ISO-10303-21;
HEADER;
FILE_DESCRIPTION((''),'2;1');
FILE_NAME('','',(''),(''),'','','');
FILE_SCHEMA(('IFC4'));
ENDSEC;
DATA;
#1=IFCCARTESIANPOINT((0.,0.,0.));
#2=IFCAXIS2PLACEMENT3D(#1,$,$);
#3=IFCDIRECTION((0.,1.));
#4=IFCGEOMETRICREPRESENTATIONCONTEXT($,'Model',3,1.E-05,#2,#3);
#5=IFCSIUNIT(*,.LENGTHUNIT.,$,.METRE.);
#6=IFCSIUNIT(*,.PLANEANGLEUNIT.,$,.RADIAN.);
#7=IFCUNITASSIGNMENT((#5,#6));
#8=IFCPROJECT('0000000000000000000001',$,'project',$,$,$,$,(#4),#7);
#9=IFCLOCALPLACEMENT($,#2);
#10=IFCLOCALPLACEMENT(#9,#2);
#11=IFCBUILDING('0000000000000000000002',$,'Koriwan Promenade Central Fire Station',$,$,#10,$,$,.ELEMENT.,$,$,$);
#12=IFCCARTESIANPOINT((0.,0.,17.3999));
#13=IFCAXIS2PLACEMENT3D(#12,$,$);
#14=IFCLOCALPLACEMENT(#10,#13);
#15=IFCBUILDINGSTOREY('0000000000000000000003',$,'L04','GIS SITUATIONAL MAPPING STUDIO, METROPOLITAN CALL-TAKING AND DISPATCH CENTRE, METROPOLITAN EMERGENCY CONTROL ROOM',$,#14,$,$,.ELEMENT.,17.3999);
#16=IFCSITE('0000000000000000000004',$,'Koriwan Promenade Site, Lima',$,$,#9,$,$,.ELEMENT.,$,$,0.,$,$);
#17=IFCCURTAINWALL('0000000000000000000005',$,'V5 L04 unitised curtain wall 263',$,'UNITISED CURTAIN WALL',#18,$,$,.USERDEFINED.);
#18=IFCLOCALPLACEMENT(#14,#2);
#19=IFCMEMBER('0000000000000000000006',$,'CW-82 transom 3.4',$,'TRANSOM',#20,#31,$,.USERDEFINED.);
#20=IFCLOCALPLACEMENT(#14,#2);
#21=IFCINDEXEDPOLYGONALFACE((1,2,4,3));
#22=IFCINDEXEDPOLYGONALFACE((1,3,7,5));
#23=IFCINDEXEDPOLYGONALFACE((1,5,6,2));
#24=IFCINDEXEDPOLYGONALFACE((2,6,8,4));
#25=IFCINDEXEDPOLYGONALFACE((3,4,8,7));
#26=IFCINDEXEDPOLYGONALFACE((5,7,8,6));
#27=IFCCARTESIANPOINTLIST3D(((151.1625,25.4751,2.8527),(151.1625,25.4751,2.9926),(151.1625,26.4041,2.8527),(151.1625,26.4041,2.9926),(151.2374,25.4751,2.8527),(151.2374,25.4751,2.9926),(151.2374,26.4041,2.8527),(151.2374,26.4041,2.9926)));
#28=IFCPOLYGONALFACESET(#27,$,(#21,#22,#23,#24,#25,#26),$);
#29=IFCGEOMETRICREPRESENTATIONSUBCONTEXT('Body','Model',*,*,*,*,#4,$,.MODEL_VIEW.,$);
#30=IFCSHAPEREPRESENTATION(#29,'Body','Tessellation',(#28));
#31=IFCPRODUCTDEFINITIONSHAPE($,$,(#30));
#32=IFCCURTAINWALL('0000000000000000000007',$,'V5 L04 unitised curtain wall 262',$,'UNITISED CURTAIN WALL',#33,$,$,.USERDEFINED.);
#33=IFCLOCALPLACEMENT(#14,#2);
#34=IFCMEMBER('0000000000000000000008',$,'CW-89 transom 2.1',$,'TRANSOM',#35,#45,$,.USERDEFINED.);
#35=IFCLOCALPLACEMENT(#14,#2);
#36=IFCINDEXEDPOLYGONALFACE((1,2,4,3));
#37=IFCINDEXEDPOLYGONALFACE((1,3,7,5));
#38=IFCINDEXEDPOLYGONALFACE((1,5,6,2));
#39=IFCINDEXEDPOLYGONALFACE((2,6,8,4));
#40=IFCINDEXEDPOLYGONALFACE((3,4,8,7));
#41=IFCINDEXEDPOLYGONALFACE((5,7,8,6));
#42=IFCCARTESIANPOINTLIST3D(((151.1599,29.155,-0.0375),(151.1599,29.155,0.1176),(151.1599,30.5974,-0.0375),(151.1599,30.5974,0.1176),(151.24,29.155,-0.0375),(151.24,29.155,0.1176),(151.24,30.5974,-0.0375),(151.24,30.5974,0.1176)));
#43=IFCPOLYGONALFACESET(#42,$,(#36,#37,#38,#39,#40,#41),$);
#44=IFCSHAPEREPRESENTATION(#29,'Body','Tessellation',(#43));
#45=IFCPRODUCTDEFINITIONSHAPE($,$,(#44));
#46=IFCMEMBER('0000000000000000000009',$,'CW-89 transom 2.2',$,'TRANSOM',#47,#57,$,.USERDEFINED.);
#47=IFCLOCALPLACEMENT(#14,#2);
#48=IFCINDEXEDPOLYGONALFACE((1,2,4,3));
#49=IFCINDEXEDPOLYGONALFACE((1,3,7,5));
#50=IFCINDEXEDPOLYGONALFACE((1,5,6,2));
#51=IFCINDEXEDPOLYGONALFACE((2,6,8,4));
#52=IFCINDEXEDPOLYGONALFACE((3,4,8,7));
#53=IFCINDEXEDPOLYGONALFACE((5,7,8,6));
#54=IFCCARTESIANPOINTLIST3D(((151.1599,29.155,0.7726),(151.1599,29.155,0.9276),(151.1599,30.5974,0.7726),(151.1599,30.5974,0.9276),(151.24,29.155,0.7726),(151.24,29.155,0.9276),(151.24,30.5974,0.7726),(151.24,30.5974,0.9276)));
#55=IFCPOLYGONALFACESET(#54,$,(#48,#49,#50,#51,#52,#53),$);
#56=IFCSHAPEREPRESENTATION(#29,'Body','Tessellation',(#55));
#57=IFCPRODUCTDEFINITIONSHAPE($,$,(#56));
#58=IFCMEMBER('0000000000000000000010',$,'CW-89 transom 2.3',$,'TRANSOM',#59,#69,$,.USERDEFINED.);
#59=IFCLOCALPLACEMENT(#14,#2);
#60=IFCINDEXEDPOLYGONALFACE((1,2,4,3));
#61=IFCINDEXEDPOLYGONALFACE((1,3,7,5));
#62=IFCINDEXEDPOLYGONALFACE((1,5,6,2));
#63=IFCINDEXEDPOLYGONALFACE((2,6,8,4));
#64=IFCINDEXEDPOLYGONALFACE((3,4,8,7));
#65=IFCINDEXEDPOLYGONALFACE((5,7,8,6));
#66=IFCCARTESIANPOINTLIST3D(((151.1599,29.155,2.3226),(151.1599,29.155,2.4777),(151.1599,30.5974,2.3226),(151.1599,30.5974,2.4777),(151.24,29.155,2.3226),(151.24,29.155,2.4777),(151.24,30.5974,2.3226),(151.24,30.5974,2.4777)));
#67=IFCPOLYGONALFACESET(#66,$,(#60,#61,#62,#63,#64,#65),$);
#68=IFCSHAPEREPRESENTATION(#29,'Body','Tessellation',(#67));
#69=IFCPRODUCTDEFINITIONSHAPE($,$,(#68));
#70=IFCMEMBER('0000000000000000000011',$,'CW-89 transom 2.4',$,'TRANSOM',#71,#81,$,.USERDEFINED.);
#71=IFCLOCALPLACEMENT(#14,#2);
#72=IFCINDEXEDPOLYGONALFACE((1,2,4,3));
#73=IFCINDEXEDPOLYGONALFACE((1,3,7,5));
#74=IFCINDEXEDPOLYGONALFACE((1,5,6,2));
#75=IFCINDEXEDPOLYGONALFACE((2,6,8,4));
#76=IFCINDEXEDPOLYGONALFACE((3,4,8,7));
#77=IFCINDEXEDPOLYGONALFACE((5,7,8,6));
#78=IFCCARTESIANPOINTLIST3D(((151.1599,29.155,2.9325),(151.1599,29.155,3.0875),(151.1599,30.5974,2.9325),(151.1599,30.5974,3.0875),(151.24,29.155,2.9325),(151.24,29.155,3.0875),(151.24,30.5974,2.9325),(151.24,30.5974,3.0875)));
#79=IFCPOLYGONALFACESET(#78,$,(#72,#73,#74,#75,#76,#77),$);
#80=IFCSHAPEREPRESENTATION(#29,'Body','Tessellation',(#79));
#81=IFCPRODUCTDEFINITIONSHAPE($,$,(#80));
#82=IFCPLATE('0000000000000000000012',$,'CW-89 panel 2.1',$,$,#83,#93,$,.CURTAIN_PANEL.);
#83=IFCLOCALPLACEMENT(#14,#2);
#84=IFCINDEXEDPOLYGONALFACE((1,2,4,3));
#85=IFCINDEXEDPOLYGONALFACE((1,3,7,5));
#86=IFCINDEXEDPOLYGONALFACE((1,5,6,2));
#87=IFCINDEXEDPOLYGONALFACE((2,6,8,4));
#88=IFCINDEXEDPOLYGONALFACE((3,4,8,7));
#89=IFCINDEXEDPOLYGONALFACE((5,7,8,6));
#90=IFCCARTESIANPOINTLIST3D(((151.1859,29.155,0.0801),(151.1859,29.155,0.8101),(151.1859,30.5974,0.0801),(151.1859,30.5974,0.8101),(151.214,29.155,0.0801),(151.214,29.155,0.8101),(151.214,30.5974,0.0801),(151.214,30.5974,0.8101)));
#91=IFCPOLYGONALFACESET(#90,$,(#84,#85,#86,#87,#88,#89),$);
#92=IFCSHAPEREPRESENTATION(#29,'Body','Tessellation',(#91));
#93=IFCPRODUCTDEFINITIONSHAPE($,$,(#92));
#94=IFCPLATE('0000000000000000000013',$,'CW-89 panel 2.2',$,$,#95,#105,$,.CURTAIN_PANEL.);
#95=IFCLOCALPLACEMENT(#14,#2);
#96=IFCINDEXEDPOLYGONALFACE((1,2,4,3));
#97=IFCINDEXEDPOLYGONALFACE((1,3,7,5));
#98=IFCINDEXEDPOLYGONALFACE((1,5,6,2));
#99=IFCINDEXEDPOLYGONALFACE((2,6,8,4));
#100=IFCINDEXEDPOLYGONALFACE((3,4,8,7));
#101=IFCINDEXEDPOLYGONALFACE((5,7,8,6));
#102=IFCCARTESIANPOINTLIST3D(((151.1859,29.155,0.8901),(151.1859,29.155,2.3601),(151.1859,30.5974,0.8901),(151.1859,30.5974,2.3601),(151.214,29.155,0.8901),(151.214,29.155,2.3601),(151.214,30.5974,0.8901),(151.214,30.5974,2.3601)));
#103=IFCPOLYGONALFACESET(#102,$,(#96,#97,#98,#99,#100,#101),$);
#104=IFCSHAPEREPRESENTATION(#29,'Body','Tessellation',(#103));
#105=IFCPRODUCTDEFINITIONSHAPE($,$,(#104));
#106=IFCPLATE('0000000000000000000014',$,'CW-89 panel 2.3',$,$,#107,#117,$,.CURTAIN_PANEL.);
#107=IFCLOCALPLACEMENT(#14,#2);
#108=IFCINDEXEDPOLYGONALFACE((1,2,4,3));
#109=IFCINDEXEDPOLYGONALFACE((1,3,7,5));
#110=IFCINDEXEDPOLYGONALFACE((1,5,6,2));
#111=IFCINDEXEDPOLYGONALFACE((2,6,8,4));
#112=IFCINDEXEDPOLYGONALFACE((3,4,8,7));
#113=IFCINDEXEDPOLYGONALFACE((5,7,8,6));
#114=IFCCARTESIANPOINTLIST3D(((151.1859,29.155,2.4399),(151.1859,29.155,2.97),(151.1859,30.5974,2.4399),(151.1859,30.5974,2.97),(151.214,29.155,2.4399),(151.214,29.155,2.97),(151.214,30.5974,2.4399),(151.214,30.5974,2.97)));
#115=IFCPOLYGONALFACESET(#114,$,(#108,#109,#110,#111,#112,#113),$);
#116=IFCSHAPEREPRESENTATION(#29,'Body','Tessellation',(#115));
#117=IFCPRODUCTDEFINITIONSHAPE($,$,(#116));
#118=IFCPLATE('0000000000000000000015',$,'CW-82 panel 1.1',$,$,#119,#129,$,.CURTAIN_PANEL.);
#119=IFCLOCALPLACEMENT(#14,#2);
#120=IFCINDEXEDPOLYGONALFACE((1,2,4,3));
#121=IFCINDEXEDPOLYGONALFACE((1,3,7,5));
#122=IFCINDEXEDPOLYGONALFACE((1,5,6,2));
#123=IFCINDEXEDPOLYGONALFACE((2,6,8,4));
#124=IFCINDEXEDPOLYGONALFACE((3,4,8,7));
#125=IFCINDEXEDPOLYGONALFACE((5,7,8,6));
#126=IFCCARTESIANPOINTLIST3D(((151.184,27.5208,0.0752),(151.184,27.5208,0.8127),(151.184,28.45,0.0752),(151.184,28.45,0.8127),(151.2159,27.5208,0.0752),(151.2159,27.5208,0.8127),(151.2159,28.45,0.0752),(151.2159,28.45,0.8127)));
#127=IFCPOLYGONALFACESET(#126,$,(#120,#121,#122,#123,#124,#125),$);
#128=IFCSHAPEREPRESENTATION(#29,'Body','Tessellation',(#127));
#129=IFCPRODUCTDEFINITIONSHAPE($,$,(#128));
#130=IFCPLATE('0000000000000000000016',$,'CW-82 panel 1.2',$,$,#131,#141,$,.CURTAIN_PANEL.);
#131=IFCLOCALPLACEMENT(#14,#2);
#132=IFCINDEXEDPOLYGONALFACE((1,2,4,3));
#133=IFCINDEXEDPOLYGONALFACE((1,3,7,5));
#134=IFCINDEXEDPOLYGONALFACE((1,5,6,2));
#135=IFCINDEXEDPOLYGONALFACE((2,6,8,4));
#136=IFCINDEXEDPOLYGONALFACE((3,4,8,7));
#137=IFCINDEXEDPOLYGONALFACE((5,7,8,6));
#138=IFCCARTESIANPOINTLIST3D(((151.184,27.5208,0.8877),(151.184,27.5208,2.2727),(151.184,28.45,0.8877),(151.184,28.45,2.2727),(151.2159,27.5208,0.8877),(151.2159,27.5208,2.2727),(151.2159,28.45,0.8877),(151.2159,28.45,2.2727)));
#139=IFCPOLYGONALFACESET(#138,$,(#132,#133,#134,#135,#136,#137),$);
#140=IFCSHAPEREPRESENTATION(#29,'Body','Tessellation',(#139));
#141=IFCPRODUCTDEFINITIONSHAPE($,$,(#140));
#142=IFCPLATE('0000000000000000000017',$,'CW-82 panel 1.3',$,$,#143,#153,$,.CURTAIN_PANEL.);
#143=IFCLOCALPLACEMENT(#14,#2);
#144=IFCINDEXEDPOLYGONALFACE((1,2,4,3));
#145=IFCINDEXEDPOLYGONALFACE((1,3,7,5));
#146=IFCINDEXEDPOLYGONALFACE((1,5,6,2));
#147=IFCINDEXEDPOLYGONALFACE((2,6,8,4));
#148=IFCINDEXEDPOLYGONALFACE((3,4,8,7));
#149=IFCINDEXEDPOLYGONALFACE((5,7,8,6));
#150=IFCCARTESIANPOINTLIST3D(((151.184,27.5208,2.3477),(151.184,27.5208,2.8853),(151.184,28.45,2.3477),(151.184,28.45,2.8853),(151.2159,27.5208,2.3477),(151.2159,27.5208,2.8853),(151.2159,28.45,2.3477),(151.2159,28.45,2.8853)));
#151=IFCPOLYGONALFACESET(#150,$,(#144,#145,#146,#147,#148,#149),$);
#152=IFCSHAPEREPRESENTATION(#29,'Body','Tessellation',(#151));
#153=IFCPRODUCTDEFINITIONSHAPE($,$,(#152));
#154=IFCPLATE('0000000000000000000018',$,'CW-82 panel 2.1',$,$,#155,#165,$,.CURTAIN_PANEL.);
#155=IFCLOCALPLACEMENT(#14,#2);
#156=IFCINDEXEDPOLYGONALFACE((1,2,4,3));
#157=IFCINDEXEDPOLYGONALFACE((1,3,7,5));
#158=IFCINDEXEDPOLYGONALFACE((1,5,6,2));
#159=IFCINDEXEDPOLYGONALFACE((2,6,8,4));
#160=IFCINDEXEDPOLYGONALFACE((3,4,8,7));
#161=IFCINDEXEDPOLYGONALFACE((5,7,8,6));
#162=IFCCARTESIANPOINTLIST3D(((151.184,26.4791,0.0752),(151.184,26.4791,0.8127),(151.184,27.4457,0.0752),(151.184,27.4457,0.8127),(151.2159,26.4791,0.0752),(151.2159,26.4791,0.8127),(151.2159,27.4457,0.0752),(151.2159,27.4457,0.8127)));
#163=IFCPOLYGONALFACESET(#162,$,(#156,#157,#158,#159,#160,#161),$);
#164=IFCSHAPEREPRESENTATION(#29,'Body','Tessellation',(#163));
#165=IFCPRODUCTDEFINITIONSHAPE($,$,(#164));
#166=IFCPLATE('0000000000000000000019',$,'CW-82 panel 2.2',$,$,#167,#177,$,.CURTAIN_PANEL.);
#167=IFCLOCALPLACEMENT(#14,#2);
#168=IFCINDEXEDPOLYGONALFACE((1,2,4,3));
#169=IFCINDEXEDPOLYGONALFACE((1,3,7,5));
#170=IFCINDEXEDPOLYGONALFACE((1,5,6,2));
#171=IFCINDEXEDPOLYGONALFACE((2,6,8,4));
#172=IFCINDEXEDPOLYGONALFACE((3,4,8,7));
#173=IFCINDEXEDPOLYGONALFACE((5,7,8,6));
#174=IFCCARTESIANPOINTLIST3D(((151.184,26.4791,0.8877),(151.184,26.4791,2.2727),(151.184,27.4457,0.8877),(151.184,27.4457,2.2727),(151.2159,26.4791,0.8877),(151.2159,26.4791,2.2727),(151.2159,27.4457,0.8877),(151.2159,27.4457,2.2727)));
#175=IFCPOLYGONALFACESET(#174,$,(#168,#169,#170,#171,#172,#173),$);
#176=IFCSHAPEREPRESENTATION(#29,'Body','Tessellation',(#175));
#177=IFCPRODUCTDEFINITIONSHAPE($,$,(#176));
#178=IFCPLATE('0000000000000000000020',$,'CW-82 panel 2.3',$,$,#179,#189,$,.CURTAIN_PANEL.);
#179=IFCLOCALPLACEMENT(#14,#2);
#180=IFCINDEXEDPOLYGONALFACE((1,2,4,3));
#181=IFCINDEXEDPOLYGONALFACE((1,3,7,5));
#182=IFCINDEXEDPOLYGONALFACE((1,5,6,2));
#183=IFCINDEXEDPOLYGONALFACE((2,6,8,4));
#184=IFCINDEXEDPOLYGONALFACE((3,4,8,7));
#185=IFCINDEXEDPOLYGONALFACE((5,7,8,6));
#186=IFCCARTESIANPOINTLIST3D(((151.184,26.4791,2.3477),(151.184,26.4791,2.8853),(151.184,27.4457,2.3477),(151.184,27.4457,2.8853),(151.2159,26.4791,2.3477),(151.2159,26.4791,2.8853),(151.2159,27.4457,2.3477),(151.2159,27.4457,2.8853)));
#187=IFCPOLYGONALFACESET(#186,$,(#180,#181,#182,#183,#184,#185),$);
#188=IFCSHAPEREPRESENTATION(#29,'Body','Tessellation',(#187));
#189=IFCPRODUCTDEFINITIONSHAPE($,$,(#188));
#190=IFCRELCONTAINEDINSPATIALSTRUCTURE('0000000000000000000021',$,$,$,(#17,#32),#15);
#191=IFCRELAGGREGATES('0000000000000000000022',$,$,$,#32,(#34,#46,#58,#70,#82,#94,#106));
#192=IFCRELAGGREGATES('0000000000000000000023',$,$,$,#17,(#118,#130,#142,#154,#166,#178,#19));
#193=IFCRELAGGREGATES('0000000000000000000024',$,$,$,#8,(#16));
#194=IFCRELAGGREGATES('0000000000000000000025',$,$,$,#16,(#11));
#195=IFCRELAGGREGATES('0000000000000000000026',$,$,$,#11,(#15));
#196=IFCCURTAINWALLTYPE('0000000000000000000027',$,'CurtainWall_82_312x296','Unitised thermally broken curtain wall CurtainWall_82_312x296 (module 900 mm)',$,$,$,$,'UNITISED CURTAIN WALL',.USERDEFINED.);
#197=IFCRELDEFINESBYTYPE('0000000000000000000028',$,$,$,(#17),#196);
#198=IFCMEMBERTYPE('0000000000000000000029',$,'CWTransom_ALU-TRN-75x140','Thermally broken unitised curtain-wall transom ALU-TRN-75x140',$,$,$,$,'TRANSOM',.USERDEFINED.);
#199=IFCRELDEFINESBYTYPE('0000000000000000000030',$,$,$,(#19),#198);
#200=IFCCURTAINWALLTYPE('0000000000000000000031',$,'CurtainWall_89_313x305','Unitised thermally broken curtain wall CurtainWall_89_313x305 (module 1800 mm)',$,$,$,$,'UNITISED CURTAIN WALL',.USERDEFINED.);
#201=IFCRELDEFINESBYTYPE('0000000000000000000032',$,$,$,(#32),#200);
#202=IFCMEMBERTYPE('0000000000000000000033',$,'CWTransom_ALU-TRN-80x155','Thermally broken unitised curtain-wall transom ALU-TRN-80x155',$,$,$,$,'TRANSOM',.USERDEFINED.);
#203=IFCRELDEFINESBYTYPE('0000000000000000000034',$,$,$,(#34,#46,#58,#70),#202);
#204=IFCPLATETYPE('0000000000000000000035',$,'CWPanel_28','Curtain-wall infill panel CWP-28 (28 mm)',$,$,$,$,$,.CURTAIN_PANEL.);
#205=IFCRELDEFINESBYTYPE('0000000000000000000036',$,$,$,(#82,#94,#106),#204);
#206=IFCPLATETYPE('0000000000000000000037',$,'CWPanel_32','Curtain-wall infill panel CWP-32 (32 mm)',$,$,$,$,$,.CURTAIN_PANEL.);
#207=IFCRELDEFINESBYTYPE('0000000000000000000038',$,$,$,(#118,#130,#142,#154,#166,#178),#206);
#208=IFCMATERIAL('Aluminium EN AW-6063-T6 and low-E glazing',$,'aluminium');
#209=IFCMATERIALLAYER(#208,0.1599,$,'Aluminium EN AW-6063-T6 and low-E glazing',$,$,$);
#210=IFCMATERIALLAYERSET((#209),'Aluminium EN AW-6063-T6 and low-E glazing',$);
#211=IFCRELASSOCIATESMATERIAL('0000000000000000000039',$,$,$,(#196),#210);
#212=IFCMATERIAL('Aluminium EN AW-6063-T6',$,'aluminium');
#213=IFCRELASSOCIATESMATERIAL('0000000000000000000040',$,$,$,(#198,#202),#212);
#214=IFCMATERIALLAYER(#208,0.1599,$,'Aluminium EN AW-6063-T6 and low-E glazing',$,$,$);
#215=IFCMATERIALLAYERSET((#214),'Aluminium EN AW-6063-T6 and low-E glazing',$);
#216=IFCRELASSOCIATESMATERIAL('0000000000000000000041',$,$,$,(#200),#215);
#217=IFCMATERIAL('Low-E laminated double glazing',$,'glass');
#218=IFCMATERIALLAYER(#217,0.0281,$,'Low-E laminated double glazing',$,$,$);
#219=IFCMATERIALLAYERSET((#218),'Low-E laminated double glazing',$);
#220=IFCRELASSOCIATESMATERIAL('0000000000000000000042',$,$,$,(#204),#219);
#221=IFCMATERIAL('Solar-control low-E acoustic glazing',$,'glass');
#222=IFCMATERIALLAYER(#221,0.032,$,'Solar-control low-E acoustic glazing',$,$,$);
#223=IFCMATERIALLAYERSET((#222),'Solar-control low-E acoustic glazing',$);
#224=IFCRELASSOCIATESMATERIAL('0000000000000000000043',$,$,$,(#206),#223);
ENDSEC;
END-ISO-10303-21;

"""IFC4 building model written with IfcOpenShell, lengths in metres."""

from ifc_helpers import new_model, si_unit, direction, frame, origin, origin_2d, place, context, subcontext, project, spatial, rectangle, extrude, material, layer, layer_set, material_profile, profile_set, type_object, element, aggregate, save


model = new_model("IFC4")

# Units and contexts
model_context = context("Model", 3, precision=1e-05, world=origin(), true_north=direction((0.0, 1.0)))
body_context = subcontext(model_context, "Body", "Model", "MODEL_VIEW")
ifc_project = project(units=[si_unit("LENGTHUNIT", "METRE"), si_unit("PLANEANGLEUNIT", "RADIAN")], contexts=[model_context])

# Site, building, storey
site_placement = place(None, origin())
site = spatial("IfcSite", under=ifc_project, at=site_placement, Name="Koriwan Promenade Site, Lima", CompositionType="ELEMENT", RefElevation=0.0)
building_placement = place(site_placement, origin())
building = spatial("IfcBuilding", under=site, at=building_placement, Name="Koriwan Promenade Central Fire Station", CompositionType="ELEMENT")
storey_placement = place(building_placement, frame((0.0, 0.0, 17.3999)))
storey = spatial("IfcBuildingStorey", under=building, at=storey_placement, Name="L04", Description="GIS SITUATIONAL MAPPING STUDIO, METROPOLITAN CALL-TAKING AND DISPATCH CENTRE, METROPOLITAN EMERGENCY CONTROL ROOM", CompositionType="ELEMENT", Elevation=17.3999)

# Curtain wall, member
ifc_material_1 = material(Name="Aluminium EN AW-6063-T6 and low-E glazing", Category="aluminium")
ifc_layer_1 = layer(ifc_material_1, 0.1599, Name="Aluminium EN AW-6063-T6 and low-E glazing")
ifc_layer_set_1 = layer_set([ifc_layer_1], Name="Aluminium EN AW-6063-T6 and low-E glazing")
curtain_wall_type_1 = type_object("IfcCurtainWallType", Name="CurtainWall_82_312x296", Description="Unitised thermally broken curtain wall CurtainWall_82_312x296 (module 900 mm)", ElementType="UNITISED CURTAIN WALL", PredefinedType="USERDEFINED", material=ifc_layer_set_1)
curtain_wall_1_placement = place(storey_placement, origin())
curtain_wall_1 = element("IfcCurtainWall", 1, at=curtain_wall_1_placement, inside=storey, type_object=curtain_wall_type_1, Name="V5 L04 unitised curtain wall 263", ObjectType="UNITISED CURTAIN WALL", PredefinedType="USERDEFINED")
ifc_material_2 = material(Name="Aluminium EN AW-6063-T6", Category="aluminium")
ifc_material_profile_1 = material_profile(ifc_material_2, rectangle(XDim=0.075, YDim=0.1399, at=origin_2d()), Name="ALU-TRN-75x140")
ifc_profile_set_1 = profile_set([ifc_material_profile_1], Name="Aluminium EN AW-6063-T6")
member_type_1 = type_object("IfcMemberType", Name="CWTransom_ALU-TRN-75x140", Description="Thermally broken unitised curtain-wall transom ALU-TRN-75x140", ElementType="TRANSOM", PredefinedType="USERDEFINED", material=ifc_profile_set_1)
member_1_placement = place(storey_placement, frame((151.2, 26.4041, 2.9226), z_axis=(0.0, -1.0, 0.0), x_axis=(1.0, 0.0, 0.0)))
member_1 = element("IfcMember", 2, at=member_1_placement, type_object=member_type_1, Name="CW-82 transom 3.4", ObjectType="TRANSOM", PredefinedType="USERDEFINED", context=body_context, shape_type="SweptSolid", body=[
    extrude(rectangle(XDim=0.075, YDim=0.1399, at=origin_2d()), origin(), (0.0, 0.0, 1.0), 0.929),
])

# Curtain wall, members, plates
ifc_layer_2 = layer(ifc_material_1, 0.1599, Name="Aluminium EN AW-6063-T6 and low-E glazing")
ifc_layer_set_2 = layer_set([ifc_layer_2], Name="Aluminium EN AW-6063-T6 and low-E glazing")
curtain_wall_type_2 = type_object("IfcCurtainWallType", Name="CurtainWall_89_313x305", Description="Unitised thermally broken curtain wall CurtainWall_89_313x305 (module 1800 mm)", ElementType="UNITISED CURTAIN WALL", PredefinedType="USERDEFINED", material=ifc_layer_set_2)
curtain_wall_2_placement = place(storey_placement, origin())
curtain_wall_2 = element("IfcCurtainWall", 3, at=curtain_wall_2_placement, inside=storey, type_object=curtain_wall_type_2, Name="V5 L04 unitised curtain wall 262", ObjectType="UNITISED CURTAIN WALL", PredefinedType="USERDEFINED")
ifc_material_profile_2 = material_profile(ifc_material_2, rectangle(XDim=0.0801, YDim=0.155, at=origin_2d()), Name="ALU-TRN-80x155")
ifc_profile_set_2 = profile_set([ifc_material_profile_2], Name="Aluminium EN AW-6063-T6")
member_type_2 = type_object("IfcMemberType", Name="CWTransom_ALU-TRN-80x155", Description="Thermally broken unitised curtain-wall transom ALU-TRN-80x155", ElementType="TRANSOM", PredefinedType="USERDEFINED", material=ifc_profile_set_2)
member_2_placement = place(storey_placement, frame((151.2, 30.5974, 0.04), z_axis=(0.0, -1.0, 0.0), x_axis=(1.0, 0.0, 0.0)))
member_2 = element("IfcMember", 4, at=member_2_placement, type_object=member_type_2, Name="CW-89 transom 2.1", ObjectType="TRANSOM", PredefinedType="USERDEFINED", context=body_context, shape_type="SweptSolid", body=[
    extrude(rectangle(XDim=0.0801, YDim=0.155, at=origin_2d()), origin(), (0.0, 0.0, 1.0), 1.4424),
])
member_3_placement = place(storey_placement, frame((151.2, 30.5974, 0.8501), z_axis=(0.0, -1.0, 0.0), x_axis=(1.0, 0.0, 0.0)))
member_3 = element("IfcMember", 5, at=member_3_placement, type_object=member_type_2, Name="CW-89 transom 2.2", ObjectType="TRANSOM", PredefinedType="USERDEFINED", context=body_context, shape_type="SweptSolid", body=[
    extrude(rectangle(XDim=0.0801, YDim=0.155, at=origin_2d()), origin(), (0.0, 0.0, 1.0), 1.4424),
])
member_4_placement = place(storey_placement, frame((151.2, 30.5974, 2.4001), z_axis=(0.0, -1.0, 0.0), x_axis=(1.0, 0.0, 0.0)))
member_4 = element("IfcMember", 6, at=member_4_placement, type_object=member_type_2, Name="CW-89 transom 2.3", ObjectType="TRANSOM", PredefinedType="USERDEFINED", context=body_context, shape_type="SweptSolid", body=[
    extrude(rectangle(XDim=0.0801, YDim=0.155, at=origin_2d()), origin(), (0.0, 0.0, 1.0), 1.4424),
])
member_5_placement = place(storey_placement, frame((151.2, 30.5974, 3.01), z_axis=(0.0, -1.0, 0.0), x_axis=(1.0, 0.0, 0.0)))
member_5 = element("IfcMember", 7, at=member_5_placement, type_object=member_type_2, Name="CW-89 transom 2.4", ObjectType="TRANSOM", PredefinedType="USERDEFINED", context=body_context, shape_type="SweptSolid", body=[
    extrude(rectangle(XDim=0.0801, YDim=0.155, at=origin_2d()), origin(), (0.0, 0.0, 1.0), 1.4424),
])
ifc_material_3 = material(Name="Low-E laminated double glazing", Category="glass")
ifc_layer_3 = layer(ifc_material_3, 0.0281, Name="Low-E laminated double glazing")
ifc_layer_set_3 = layer_set([ifc_layer_3], Name="Low-E laminated double glazing")
plate_type_1 = type_object("IfcPlateType", Name="CWPanel_28", Description="Curtain-wall infill panel CWP-28 (28 mm)", PredefinedType="CURTAIN_PANEL", material=ifc_layer_set_3)
plate_1_placement = place(storey_placement, frame((151.2, 29.8762, 0.0801), z_axis=(0.0, 0.0, 1.0), x_axis=(0.0, -1.0, 0.0)))
plate_1 = element("IfcPlate", 8, at=plate_1_placement, type_object=plate_type_1, Name="CW-89 panel 2.1", PredefinedType="CURTAIN_PANEL", context=body_context, shape_type="SweptSolid", body=[
    extrude(rectangle(XDim=1.4424, YDim=0.0281, at=origin_2d()), origin(), (0.0, 0.0, 1.0), 0.73),
])
plate_2_placement = place(storey_placement, frame((151.2, 29.8762, 0.8901), z_axis=(0.0, 0.0, 1.0), x_axis=(0.0, -1.0, 0.0)))
plate_2 = element("IfcPlate", 9, at=plate_2_placement, type_object=plate_type_1, Name="CW-89 panel 2.2", PredefinedType="CURTAIN_PANEL", context=body_context, shape_type="SweptSolid", body=[
    extrude(rectangle(XDim=1.4424, YDim=0.0281, at=origin_2d()), origin(), (0.0, 0.0, 1.0), 1.47),
])
plate_3_placement = place(storey_placement, frame((151.2, 29.8762, 2.4399), z_axis=(0.0, 0.0, 1.0), x_axis=(0.0, -1.0, 0.0)))
plate_3 = element("IfcPlate", 10, at=plate_3_placement, type_object=plate_type_1, Name="CW-89 panel 2.3", PredefinedType="CURTAIN_PANEL", context=body_context, shape_type="SweptSolid", body=[
    extrude(rectangle(XDim=1.4424, YDim=0.0281, at=origin_2d()), origin(), (0.0, 0.0, 1.0), 0.53),
])
aggregate(curtain_wall_2, [member_2, member_3, member_4, member_5, plate_1, plate_2, plate_3])

# Plates
ifc_material_4 = material(Name="Solar-control low-E acoustic glazing", Category="glass")
ifc_layer_4 = layer(ifc_material_4, 0.032, Name="Solar-control low-E acoustic glazing")
ifc_layer_set_4 = layer_set([ifc_layer_4], Name="Solar-control low-E acoustic glazing")
plate_type_2 = type_object("IfcPlateType", Name="CWPanel_32", Description="Curtain-wall infill panel CWP-32 (32 mm)", PredefinedType="CURTAIN_PANEL", material=ifc_layer_set_4)
plate_4_placement = place(storey_placement, frame((151.2, 27.9854, 0.0752), z_axis=(0.0, 0.0, 1.0), x_axis=(0.0, -1.0, 0.0)))
plate_4 = element("IfcPlate", 11, at=plate_4_placement, type_object=plate_type_2, Name="CW-82 panel 1.1", PredefinedType="CURTAIN_PANEL", context=body_context, shape_type="SweptSolid", body=[
    extrude(rectangle(XDim=0.9292, YDim=0.032, at=origin_2d()), origin(), (0.0, 0.0, 1.0), 0.7375),
])
plate_5_placement = place(storey_placement, frame((151.2, 27.9854, 0.8877), z_axis=(0.0, 0.0, 1.0), x_axis=(0.0, -1.0, 0.0)))
plate_5 = element("IfcPlate", 12, at=plate_5_placement, type_object=plate_type_2, Name="CW-82 panel 1.2", PredefinedType="CURTAIN_PANEL", context=body_context, shape_type="SweptSolid", body=[
    extrude(rectangle(XDim=0.9292, YDim=0.032, at=origin_2d()), origin(), (0.0, 0.0, 1.0), 1.385),
])
plate_6_placement = place(storey_placement, frame((151.2, 27.9854, 2.3477), z_axis=(0.0, 0.0, 1.0), x_axis=(0.0, -1.0, 0.0)))
plate_6 = element("IfcPlate", 13, at=plate_6_placement, type_object=plate_type_2, Name="CW-82 panel 1.3", PredefinedType="CURTAIN_PANEL", context=body_context, shape_type="SweptSolid", body=[
    extrude(rectangle(XDim=0.9292, YDim=0.032, at=origin_2d()), origin(), (0.0, 0.0, 1.0), 0.5376),
])
plate_7_placement = place(storey_placement, frame((151.2, 26.9624, 0.0752), z_axis=(0.0, 0.0, 1.0), x_axis=(0.0, -1.0, 0.0)))
plate_7 = element("IfcPlate", 14, at=plate_7_placement, type_object=plate_type_2, Name="CW-82 panel 2.1", PredefinedType="CURTAIN_PANEL", context=body_context, shape_type="SweptSolid", body=[
    extrude(rectangle(XDim=0.9666, YDim=0.032, at=origin_2d()), origin(), (0.0, 0.0, 1.0), 0.7375),
])
plate_8_placement = place(storey_placement, frame((151.2, 26.9624, 0.8877), z_axis=(0.0, 0.0, 1.0), x_axis=(0.0, -1.0, 0.0)))
plate_8 = element("IfcPlate", 15, at=plate_8_placement, type_object=plate_type_2, Name="CW-82 panel 2.2", PredefinedType="CURTAIN_PANEL", context=body_context, shape_type="SweptSolid", body=[
    extrude(rectangle(XDim=0.9666, YDim=0.032, at=origin_2d()), origin(), (0.0, 0.0, 1.0), 1.385),
])
plate_9_placement = place(storey_placement, frame((151.2, 26.9624, 2.3477), z_axis=(0.0, 0.0, 1.0), x_axis=(0.0, -1.0, 0.0)))
plate_9 = element("IfcPlate", 16, at=plate_9_placement, type_object=plate_type_2, Name="CW-82 panel 2.3", PredefinedType="CURTAIN_PANEL", context=body_context, shape_type="SweptSolid", body=[
    extrude(rectangle(XDim=0.9666, YDim=0.032, at=origin_2d()), origin(), (0.0, 0.0, 1.0), 0.5376),
])
aggregate(curtain_wall_1, [plate_4, plate_5, plate_6, plate_7, plate_8, plate_9, member_1])

save(model, "model.ifc")
